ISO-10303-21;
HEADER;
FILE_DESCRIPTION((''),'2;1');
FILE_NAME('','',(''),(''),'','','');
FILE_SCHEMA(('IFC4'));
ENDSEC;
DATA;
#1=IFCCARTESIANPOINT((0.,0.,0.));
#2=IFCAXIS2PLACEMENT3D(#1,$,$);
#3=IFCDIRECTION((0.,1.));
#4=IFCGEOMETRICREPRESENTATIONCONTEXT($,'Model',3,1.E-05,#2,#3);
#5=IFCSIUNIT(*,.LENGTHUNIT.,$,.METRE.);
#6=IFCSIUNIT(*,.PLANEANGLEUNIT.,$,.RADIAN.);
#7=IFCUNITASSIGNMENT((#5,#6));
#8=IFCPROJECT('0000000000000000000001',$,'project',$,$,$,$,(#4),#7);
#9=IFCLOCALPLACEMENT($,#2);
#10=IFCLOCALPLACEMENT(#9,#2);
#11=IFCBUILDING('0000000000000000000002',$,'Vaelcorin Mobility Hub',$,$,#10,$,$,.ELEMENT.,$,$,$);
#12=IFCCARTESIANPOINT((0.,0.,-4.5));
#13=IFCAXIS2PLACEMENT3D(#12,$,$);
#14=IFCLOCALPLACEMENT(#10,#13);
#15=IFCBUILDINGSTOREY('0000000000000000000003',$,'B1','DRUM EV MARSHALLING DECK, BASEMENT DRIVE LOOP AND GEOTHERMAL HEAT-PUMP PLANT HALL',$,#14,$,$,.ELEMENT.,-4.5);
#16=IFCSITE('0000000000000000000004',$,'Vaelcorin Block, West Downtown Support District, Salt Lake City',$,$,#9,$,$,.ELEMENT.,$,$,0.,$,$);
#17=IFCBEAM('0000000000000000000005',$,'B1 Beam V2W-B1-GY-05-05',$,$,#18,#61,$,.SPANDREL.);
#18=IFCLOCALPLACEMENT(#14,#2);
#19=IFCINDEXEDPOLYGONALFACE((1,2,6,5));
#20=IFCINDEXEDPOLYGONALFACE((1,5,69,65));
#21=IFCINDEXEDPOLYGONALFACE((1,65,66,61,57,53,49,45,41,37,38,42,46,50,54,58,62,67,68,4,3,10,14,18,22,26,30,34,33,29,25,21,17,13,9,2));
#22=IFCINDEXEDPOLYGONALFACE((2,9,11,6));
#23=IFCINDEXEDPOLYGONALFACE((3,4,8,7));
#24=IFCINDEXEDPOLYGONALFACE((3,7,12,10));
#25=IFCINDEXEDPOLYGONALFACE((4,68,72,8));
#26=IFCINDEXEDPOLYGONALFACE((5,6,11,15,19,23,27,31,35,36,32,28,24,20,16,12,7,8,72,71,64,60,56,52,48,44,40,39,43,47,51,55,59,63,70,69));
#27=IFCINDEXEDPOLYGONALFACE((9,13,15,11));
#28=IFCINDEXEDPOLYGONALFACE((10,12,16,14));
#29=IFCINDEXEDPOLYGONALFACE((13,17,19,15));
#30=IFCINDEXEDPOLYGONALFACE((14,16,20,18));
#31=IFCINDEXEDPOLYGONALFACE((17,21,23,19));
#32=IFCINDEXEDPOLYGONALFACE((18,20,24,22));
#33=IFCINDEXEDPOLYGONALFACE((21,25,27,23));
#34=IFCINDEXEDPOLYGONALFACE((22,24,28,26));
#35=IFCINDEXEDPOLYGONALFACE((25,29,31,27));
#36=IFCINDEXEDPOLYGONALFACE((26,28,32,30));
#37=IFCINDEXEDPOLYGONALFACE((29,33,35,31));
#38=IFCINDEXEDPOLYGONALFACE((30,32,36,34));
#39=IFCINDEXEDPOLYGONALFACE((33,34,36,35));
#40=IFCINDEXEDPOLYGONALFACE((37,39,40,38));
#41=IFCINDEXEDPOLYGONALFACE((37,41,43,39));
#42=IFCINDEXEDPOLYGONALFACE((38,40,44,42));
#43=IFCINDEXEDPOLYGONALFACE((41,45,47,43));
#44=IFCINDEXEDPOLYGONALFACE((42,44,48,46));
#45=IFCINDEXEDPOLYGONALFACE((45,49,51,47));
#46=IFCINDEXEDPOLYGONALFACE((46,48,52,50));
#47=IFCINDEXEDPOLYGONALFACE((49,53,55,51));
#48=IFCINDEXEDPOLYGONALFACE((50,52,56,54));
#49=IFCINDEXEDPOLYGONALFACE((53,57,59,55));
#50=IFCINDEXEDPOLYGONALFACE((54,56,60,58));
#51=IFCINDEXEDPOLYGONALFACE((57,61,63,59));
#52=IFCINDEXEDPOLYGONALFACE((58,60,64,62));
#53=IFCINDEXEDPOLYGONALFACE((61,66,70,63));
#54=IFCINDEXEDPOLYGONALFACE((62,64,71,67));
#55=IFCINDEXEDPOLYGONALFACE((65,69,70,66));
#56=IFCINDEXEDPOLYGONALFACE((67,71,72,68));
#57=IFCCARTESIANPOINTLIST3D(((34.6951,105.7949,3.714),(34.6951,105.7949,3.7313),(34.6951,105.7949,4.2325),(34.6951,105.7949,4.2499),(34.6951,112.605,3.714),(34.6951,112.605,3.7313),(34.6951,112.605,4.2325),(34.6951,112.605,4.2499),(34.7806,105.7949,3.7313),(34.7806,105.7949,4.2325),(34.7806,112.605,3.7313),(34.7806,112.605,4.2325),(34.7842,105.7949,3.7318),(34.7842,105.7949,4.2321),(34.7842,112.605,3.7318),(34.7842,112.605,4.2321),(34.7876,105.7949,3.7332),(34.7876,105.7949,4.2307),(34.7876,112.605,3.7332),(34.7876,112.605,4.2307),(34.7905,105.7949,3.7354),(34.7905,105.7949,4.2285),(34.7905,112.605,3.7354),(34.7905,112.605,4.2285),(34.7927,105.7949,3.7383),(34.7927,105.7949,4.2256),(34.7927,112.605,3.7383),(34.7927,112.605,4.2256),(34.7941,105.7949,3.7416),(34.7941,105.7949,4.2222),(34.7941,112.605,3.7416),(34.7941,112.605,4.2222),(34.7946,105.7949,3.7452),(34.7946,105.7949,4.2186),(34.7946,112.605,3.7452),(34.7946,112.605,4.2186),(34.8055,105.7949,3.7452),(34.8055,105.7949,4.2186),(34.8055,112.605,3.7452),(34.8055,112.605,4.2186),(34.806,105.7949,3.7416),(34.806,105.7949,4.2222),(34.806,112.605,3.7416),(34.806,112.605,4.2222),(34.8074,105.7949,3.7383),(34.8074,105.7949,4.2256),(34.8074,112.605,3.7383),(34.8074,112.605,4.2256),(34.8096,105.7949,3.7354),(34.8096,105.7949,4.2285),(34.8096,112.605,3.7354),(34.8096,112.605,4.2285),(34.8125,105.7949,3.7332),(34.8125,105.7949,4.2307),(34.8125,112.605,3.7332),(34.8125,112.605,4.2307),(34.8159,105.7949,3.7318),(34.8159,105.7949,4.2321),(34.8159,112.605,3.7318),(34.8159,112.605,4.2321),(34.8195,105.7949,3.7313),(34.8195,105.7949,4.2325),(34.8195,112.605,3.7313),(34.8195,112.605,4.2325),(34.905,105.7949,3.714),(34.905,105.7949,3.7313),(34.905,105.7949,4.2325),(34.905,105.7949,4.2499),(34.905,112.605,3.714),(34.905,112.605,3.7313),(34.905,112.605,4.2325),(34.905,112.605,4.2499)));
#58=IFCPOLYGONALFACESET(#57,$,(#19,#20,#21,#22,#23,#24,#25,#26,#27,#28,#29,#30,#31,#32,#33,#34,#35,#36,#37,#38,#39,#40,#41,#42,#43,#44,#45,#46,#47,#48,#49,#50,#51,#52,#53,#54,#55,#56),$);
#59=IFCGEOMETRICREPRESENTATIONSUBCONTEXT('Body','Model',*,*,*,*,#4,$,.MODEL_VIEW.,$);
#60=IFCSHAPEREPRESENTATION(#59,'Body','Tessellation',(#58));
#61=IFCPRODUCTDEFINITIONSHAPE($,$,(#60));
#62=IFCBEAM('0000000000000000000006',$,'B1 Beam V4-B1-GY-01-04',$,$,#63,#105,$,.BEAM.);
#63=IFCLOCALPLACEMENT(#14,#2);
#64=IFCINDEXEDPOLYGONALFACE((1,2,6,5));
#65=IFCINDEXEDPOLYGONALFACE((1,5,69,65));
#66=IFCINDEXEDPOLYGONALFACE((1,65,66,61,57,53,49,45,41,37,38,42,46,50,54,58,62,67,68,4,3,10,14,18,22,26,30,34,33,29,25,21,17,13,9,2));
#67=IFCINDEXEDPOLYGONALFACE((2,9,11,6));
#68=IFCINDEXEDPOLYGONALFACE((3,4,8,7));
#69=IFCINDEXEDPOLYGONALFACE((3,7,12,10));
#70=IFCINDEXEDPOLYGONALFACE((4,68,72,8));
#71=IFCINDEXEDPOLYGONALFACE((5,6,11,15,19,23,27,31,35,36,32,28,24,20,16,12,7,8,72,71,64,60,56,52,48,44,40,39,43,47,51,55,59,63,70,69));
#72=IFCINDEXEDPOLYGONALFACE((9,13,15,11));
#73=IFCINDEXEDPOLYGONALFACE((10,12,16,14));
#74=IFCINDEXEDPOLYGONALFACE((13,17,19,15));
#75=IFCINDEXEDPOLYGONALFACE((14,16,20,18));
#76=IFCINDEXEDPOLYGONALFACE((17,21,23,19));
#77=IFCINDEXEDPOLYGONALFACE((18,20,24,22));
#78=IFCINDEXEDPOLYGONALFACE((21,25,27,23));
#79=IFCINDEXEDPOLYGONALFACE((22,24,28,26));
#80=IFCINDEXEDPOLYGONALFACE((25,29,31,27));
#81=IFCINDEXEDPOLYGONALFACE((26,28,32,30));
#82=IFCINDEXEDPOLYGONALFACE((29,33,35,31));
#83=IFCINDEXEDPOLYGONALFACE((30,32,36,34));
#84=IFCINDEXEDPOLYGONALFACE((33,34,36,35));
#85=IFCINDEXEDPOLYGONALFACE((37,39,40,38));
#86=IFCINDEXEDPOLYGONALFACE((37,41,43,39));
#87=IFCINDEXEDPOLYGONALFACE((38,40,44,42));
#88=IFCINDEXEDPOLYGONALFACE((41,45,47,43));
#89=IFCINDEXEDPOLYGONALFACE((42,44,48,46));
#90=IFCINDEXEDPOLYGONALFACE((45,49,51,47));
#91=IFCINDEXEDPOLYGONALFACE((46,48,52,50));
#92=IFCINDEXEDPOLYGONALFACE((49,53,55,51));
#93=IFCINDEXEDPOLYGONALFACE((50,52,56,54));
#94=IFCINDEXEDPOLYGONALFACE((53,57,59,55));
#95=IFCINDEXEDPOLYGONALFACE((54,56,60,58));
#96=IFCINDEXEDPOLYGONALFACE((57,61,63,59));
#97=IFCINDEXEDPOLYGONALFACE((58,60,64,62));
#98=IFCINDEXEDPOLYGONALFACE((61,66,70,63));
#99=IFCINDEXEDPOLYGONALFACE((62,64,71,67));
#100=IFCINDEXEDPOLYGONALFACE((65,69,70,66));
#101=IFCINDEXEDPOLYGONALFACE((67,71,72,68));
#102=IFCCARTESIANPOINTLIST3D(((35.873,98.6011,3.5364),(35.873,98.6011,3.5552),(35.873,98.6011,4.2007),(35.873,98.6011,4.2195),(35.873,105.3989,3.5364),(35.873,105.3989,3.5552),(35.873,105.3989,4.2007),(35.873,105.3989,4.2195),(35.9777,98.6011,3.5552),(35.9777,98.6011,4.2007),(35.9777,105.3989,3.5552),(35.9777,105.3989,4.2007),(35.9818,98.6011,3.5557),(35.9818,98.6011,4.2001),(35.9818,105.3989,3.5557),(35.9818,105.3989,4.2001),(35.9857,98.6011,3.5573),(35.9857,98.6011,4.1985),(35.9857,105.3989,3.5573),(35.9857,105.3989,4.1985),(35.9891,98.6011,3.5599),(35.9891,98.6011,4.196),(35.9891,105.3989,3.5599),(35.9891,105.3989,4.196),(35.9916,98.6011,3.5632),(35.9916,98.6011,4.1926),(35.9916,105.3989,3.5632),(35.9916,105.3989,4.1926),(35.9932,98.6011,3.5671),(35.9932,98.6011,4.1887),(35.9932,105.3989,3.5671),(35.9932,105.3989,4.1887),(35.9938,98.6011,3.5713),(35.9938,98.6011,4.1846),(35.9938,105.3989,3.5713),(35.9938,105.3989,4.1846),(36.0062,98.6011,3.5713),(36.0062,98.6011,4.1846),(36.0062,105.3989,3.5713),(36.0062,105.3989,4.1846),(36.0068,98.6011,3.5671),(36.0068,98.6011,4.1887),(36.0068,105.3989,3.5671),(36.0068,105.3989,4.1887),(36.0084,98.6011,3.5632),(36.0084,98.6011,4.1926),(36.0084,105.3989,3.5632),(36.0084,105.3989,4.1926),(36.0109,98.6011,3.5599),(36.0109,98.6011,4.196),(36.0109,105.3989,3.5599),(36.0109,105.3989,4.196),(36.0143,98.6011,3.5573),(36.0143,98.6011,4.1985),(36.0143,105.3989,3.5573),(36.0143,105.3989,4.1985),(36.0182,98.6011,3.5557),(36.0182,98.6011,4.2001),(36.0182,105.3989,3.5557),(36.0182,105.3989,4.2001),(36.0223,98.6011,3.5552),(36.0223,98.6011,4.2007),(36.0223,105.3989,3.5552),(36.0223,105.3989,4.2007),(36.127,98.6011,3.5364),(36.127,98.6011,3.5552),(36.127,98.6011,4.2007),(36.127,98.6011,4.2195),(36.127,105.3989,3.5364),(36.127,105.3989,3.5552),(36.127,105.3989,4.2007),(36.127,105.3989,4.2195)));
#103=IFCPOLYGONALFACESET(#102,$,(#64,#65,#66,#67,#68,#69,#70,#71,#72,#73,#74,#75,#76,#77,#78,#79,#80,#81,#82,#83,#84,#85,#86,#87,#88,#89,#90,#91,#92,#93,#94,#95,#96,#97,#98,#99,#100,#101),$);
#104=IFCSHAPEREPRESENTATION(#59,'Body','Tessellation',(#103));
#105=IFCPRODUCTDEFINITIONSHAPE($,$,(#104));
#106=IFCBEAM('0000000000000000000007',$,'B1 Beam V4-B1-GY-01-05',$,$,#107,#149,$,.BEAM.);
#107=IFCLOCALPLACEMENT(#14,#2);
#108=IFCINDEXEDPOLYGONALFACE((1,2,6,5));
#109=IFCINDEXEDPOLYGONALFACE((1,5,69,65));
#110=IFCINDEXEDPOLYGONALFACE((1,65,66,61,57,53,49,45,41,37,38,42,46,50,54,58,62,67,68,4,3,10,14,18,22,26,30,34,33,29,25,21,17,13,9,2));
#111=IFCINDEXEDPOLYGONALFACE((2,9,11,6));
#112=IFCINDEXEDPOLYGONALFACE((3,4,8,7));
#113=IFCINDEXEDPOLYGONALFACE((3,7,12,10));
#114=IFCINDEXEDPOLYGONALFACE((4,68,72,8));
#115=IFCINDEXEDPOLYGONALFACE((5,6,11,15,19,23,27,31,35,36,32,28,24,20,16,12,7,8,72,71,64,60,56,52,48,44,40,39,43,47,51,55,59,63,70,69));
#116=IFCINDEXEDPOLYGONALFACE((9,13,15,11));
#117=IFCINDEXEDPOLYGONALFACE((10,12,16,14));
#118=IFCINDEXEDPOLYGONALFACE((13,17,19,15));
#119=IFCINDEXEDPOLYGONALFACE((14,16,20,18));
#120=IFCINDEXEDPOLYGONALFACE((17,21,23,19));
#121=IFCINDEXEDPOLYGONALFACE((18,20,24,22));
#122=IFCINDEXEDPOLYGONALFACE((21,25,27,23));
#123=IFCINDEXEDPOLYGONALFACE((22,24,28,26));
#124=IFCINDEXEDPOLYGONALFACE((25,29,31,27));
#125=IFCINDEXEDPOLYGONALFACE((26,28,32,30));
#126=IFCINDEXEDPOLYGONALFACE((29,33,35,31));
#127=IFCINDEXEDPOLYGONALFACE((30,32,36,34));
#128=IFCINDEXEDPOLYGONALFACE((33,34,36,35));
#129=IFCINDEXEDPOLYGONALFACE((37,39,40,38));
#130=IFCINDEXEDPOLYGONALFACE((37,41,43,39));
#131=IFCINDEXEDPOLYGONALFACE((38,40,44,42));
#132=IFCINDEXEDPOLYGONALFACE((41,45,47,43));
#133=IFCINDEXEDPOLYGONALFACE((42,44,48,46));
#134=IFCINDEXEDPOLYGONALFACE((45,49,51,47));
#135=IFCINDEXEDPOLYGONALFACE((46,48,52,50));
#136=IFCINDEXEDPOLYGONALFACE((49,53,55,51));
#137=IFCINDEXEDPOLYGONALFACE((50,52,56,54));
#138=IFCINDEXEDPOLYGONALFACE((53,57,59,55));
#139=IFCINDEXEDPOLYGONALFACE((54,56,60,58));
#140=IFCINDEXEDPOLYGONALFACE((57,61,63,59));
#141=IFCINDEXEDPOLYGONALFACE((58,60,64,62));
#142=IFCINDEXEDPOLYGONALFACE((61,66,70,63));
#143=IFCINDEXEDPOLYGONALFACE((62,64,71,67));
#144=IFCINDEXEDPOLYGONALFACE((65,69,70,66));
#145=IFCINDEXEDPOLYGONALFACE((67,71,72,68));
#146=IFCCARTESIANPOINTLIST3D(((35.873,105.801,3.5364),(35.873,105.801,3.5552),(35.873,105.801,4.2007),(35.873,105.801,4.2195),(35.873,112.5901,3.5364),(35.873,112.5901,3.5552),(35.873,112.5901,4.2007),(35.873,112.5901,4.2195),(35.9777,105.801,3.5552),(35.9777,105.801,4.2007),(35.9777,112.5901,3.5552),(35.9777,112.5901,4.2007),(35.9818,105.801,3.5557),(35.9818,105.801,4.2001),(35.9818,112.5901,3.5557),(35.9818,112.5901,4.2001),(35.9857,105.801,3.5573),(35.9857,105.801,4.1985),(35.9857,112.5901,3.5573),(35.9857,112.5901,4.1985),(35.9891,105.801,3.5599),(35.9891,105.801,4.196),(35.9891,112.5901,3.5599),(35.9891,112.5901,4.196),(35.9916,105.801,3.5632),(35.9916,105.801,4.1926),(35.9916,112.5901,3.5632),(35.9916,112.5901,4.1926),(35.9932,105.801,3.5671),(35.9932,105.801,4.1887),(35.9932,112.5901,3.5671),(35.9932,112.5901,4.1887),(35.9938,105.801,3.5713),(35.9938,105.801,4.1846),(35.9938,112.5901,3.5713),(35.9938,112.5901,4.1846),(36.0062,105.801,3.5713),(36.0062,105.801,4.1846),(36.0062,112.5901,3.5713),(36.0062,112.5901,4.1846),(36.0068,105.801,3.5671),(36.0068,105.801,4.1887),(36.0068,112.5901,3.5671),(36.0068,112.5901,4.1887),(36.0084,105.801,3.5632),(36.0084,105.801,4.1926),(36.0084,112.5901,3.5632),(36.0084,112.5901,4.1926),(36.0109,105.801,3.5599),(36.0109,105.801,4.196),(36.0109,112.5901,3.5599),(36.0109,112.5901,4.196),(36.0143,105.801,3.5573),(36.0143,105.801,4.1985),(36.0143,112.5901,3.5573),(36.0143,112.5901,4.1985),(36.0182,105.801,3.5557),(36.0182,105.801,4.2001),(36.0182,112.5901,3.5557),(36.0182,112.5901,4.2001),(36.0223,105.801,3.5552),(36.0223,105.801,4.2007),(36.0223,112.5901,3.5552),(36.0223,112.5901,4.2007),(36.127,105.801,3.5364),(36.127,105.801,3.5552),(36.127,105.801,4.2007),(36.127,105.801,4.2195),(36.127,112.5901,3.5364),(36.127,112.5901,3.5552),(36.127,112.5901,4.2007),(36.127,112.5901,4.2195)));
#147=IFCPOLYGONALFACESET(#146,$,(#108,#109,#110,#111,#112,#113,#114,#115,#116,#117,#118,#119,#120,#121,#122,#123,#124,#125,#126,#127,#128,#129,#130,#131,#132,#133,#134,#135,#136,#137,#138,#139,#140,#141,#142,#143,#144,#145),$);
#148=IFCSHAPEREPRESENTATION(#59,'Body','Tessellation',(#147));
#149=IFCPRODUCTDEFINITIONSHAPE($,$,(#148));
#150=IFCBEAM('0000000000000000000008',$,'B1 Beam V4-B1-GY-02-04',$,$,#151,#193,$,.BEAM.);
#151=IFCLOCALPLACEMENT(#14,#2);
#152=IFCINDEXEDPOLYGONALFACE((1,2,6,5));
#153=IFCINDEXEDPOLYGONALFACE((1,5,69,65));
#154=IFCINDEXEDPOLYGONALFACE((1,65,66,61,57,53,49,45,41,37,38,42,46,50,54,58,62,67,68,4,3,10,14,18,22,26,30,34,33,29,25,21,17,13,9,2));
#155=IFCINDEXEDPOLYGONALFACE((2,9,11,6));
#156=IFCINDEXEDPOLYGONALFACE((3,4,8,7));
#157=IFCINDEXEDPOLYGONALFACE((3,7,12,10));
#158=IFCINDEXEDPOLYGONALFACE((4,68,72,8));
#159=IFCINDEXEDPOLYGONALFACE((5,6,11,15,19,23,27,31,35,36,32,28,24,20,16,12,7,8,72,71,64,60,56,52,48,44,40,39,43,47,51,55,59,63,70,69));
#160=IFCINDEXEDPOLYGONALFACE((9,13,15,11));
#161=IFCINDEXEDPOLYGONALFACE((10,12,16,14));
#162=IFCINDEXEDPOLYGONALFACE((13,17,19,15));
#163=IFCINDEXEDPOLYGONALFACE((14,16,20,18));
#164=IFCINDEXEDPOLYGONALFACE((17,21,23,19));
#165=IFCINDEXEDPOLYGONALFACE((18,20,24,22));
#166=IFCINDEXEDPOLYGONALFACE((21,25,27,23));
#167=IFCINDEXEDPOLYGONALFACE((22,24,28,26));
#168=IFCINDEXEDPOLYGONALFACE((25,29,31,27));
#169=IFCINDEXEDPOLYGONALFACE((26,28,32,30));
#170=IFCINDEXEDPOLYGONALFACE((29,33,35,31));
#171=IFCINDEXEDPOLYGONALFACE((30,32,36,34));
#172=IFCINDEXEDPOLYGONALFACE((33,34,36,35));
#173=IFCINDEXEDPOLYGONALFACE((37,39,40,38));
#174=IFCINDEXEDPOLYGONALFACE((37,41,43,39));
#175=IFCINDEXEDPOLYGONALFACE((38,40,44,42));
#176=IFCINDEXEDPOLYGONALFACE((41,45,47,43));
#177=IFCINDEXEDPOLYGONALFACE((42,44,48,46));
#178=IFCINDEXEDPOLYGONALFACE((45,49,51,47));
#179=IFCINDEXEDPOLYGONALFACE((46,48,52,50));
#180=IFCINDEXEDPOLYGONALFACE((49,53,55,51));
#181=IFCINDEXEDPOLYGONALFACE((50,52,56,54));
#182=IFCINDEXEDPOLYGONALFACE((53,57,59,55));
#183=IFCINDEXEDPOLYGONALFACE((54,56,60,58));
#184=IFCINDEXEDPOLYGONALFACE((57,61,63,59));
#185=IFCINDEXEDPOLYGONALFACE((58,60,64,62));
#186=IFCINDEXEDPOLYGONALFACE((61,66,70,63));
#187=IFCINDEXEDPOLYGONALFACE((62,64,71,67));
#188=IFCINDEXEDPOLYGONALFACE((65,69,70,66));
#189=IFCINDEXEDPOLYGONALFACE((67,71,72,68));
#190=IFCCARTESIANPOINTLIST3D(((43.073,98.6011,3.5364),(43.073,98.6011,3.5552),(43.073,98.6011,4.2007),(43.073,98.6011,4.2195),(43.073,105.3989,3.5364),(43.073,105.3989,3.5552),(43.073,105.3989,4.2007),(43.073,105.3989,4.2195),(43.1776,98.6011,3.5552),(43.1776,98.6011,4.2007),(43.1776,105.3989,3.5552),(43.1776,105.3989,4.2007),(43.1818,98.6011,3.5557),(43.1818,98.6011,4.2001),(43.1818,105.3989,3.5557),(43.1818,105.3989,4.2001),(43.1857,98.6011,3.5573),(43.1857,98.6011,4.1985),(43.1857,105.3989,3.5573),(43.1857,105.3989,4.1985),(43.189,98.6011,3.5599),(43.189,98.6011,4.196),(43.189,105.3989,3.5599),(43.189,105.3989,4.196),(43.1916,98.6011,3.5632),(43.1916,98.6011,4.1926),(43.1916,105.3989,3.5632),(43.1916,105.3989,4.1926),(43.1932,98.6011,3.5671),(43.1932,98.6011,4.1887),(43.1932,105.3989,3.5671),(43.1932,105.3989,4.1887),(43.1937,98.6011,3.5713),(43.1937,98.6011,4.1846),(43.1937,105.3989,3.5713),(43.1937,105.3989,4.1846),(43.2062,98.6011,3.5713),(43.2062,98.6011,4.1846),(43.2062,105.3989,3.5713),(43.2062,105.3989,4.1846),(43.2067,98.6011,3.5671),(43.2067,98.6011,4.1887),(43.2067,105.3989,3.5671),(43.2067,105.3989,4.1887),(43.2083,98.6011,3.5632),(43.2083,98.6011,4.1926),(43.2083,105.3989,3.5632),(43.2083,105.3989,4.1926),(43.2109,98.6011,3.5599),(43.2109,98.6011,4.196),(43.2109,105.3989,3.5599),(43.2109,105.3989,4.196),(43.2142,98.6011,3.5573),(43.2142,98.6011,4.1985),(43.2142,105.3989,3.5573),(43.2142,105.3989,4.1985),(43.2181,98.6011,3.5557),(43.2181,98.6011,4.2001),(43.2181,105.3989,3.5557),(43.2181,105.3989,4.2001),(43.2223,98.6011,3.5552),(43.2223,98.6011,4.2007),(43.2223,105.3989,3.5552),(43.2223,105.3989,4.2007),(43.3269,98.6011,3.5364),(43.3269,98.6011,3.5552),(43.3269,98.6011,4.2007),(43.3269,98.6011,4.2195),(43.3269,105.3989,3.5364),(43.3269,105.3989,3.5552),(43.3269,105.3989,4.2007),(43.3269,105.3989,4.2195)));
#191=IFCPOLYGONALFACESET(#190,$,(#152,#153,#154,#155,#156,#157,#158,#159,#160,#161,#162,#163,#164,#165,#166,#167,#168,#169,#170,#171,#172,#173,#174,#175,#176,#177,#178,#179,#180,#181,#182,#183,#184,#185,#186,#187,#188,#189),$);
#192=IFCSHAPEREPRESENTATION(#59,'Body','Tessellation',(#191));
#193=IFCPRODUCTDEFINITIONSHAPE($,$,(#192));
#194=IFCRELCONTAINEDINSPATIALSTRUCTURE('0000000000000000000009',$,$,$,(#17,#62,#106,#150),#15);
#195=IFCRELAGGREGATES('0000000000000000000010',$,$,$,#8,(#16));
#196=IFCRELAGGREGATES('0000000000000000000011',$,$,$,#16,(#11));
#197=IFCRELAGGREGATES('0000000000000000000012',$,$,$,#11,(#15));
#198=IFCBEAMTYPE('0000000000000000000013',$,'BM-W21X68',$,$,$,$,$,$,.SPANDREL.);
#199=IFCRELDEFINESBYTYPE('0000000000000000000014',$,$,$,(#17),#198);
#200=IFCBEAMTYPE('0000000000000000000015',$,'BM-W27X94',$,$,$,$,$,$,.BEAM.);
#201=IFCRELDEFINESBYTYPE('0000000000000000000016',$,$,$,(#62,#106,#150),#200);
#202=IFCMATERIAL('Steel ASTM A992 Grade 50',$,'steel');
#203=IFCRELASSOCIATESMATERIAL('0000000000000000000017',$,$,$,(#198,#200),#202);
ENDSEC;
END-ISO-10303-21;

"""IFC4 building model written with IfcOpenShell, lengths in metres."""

from ifc_helpers import new_model, si_unit, direction, frame, origin, origin_2d, place, context, subcontext, project, spatial, i_section, extrude, material, material_profile, profile_set, type_object, element, save


model = new_model("IFC4")

# Units and contexts
model_context = context("Model", 3, precision=1e-05, world=origin(), true_north=direction((0.0, 1.0)))
body_context = subcontext(model_context, "Body", "Model", "MODEL_VIEW")
ifc_project = project(units=[si_unit("LENGTHUNIT", "METRE"), si_unit("PLANEANGLEUNIT", "RADIAN")], contexts=[model_context])

# Site, building, storey
site_placement = place(None, origin())
site = spatial("IfcSite", under=ifc_project, at=site_placement, Name="Vaelcorin Block, West Downtown Support District, Salt Lake City", CompositionType="ELEMENT", RefElevation=0.0)
building_placement = place(site_placement, origin())
building = spatial("IfcBuilding", under=site, at=building_placement, Name="Vaelcorin Mobility Hub", CompositionType="ELEMENT")
storey_placement = place(building_placement, frame((0.0, 0.0, -4.5)))
storey = spatial("IfcBuildingStorey", under=building, at=storey_placement, Name="B1", Description="DRUM EV MARSHALLING DECK, BASEMENT DRIVE LOOP AND GEOTHERMAL HEAT-PUMP PLANT HALL", CompositionType="ELEMENT", Elevation=-4.5)

# Shared definitions
ifc_material_1 = material(Name="Steel ASTM A992 Grade 50", Category="steel")

# Beams
ifc_material_profile_1 = material_profile(ifc_material_1, i_section(OverallWidth=0.21, OverallDepth=0.5359, WebThickness=0.011, FlangeThickness=0.0173, FilletRadius=0.0139, at=origin_2d()), Name="W21X68")
ifc_profile_set_1 = profile_set([ifc_material_profile_1], Name="Steel ASTM A992 Grade 50")
beam_type_1 = type_object("IfcBeamType", Name="BM-W21X68", PredefinedType="SPANDREL", material=ifc_profile_set_1)
for number, where, z_axis, x_axis, name in (
    (1, (34.8, 105.7949, 3.9819), (0.0, 1.0, 0.0), (-1.0, 0.0, 0.0), "B1 Beam V2W-B1-GY-05-05"),
):
    element("IfcBeam", number, at=place(storey_placement, frame(where, z_axis=z_axis, x_axis=x_axis)), inside=storey, type_object=beam_type_1, Name=name, PredefinedType="SPANDREL", context=body_context, shape_type="SweptSolid", body=[
        extrude(i_section(OverallWidth=0.21, OverallDepth=0.5359, WebThickness=0.011, FlangeThickness=0.0173, FilletRadius=0.0139, at=origin_2d()), origin(), (0.0, 0.0, 1.0), 6.8101),
    ])
ifc_material_profile_2 = material_profile(ifc_material_1, i_section(OverallWidth=0.2539, OverallDepth=0.6831, WebThickness=0.0125, FlangeThickness=0.0188, FilletRadius=0.0161, at=origin_2d()), Name="W27X94")
ifc_profile_set_2 = profile_set([ifc_material_profile_2], Name="Steel ASTM A992 Grade 50")
beam_type_2 = type_object("IfcBeamType", Name="BM-W27X94", PredefinedType="BEAM", material=ifc_profile_set_2)
beam_1_placement = place(storey_placement, frame((36.0, 98.6011, 3.8779), z_axis=(0.0, 1.0, 0.0), x_axis=(-1.0, 0.0, 0.0)))
element("IfcBeam", 2, at=beam_1_placement, inside=storey, type_object=beam_type_2, Name="B1 Beam V4-B1-GY-01-04", PredefinedType="BEAM", context=body_context, shape_type="SweptSolid", body=[
    extrude(i_section(OverallWidth=0.2539, OverallDepth=0.6831, WebThickness=0.0125, FlangeThickness=0.0188, FilletRadius=0.0161, at=origin_2d()), origin(), (0.0, 0.0, 1.0), 6.7979),
])
beam_2_placement = place(storey_placement, frame((36.0, 105.801, 3.8779), z_axis=(0.0, 1.0, 0.0), x_axis=(-1.0, 0.0, 0.0)))
element("IfcBeam", 3, at=beam_2_placement, inside=storey, type_object=beam_type_2, Name="B1 Beam V4-B1-GY-01-05", PredefinedType="BEAM", context=body_context, shape_type="SweptSolid", body=[
    extrude(i_section(OverallWidth=0.2539, OverallDepth=0.6831, WebThickness=0.0125, FlangeThickness=0.0188, FilletRadius=0.0161, at=origin_2d()), origin(), (0.0, 0.0, 1.0), 6.7891),
])
beam_3_placement = place(storey_placement, frame((43.2, 98.6011, 3.8779), z_axis=(0.0, 1.0, 0.0), x_axis=(-1.0, 0.0, 0.0)))
element("IfcBeam", 4, at=beam_3_placement, inside=storey, type_object=beam_type_2, Name="B1 Beam V4-B1-GY-02-04", PredefinedType="BEAM", context=body_context, shape_type="SweptSolid", body=[
    extrude(i_section(OverallWidth=0.2539, OverallDepth=0.6831, WebThickness=0.0125, FlangeThickness=0.0188, FilletRadius=0.0161, at=origin_2d()), origin(), (0.0, 0.0, 1.0), 6.7979),
])

save(model, "model.ifc")
